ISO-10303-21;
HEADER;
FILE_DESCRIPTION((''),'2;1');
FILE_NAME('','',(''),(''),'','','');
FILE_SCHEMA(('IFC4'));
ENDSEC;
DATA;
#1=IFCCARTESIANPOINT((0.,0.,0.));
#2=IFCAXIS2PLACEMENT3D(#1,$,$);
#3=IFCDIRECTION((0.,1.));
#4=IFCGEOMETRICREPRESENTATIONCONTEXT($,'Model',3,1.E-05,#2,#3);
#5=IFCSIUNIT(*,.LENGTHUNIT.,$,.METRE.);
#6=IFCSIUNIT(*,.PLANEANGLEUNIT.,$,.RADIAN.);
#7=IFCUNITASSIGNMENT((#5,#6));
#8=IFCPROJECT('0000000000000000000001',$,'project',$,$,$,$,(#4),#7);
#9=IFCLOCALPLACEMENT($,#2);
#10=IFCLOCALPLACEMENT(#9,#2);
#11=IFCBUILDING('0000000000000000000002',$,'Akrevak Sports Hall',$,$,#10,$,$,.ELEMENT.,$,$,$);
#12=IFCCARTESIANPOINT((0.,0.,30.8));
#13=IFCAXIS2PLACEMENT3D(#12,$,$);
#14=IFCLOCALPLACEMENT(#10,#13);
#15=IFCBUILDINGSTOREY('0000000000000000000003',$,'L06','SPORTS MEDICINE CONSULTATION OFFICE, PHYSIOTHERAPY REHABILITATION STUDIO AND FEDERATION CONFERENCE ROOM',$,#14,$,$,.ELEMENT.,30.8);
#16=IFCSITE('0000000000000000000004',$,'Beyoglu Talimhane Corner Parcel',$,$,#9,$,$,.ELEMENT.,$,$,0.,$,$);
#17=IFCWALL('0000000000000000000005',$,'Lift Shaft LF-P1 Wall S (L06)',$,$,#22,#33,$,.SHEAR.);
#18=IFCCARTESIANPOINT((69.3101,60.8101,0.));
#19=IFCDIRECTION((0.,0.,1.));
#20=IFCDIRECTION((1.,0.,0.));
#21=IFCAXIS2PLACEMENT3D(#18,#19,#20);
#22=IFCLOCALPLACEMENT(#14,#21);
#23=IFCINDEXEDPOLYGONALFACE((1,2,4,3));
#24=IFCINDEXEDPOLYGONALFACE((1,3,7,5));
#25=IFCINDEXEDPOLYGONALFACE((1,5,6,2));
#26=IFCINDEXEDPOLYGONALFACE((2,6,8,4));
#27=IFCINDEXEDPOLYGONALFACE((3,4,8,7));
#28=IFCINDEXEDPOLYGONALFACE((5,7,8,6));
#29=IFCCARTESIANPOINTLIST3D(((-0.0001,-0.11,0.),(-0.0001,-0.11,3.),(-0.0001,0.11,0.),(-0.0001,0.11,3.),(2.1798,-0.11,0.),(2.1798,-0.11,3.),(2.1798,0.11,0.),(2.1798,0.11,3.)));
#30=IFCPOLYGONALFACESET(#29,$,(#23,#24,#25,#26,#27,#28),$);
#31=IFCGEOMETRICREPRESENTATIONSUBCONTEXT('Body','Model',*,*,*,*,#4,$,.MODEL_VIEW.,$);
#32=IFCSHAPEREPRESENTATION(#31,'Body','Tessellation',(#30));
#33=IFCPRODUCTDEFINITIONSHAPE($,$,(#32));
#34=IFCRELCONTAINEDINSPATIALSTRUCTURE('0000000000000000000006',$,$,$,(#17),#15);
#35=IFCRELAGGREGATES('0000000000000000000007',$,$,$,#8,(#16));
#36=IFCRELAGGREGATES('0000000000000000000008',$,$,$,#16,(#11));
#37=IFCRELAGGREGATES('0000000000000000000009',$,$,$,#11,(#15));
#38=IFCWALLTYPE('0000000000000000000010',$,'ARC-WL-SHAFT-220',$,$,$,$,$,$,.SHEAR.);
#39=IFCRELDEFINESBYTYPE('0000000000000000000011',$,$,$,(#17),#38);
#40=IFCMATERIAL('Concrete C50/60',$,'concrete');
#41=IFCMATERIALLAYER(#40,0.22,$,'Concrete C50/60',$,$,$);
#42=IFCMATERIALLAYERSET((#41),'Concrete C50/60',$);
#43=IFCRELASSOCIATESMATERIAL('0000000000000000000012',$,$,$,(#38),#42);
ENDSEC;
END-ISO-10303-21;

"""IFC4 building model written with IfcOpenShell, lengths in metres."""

from ifc_helpers import new_model, si_unit, direction, frame, frame_2d, origin, place, context, subcontext, project, spatial, rectangle, extrude, material, layer, layer_set, type_object, element, save


model = new_model("IFC4")

# Units and contexts
model_context = context("Model", 3, precision=1e-05, world=origin(), true_north=direction((0.0, 1.0)))
body_context = subcontext(model_context, "Body", "Model", "MODEL_VIEW")
ifc_project = project(units=[si_unit("LENGTHUNIT", "METRE"), si_unit("PLANEANGLEUNIT", "RADIAN")], contexts=[model_context])

# Site, building, storey
site_placement = place(None, origin())
site = spatial("IfcSite", under=ifc_project, at=site_placement, Name="Beyoglu Talimhane Corner Parcel", CompositionType="ELEMENT", RefElevation=0.0)
building_placement = place(site_placement, origin())
building = spatial("IfcBuilding", under=site, at=building_placement, Name="Akrevak Sports Hall", CompositionType="ELEMENT")
storey_placement = place(building_placement, frame((0.0, 0.0, 30.8)))
storey = spatial("IfcBuildingStorey", under=building, at=storey_placement, Name="L06", Description="SPORTS MEDICINE CONSULTATION OFFICE, PHYSIOTHERAPY REHABILITATION STUDIO AND FEDERATION CONFERENCE ROOM", CompositionType="ELEMENT", Elevation=30.8)

# Wall
ifc_material_1 = material(Name="Concrete C50/60", Category="concrete")
ifc_layer_1 = layer(ifc_material_1, 0.22, Name="Concrete C50/60")
ifc_layer_set_1 = layer_set([ifc_layer_1], Name="Concrete C50/60")
wall_type_1 = type_object("IfcWallType", Name="ARC-WL-SHAFT-220", PredefinedType="SHEAR", material=ifc_layer_set_1)
wall_1_placement = place(storey_placement, frame((69.3101, 60.8101, 0.0), z_axis=(0.0, 0.0, 1.0), x_axis=(1.0, 0.0, 0.0)))
element("IfcWall", 1, at=wall_1_placement, inside=storey, type_object=wall_type_1, Name="Lift Shaft LF-P1 Wall S (L06)", PredefinedType="SHEAR", context=body_context, shape_type="SweptSolid", body=[
    extrude(rectangle(XDim=2.1799, YDim=0.22, at=frame_2d((1.0898, 0.0))), origin(), (0.0, 0.0, 1.0), 3.0),
])

save(model, "model.ifc")
